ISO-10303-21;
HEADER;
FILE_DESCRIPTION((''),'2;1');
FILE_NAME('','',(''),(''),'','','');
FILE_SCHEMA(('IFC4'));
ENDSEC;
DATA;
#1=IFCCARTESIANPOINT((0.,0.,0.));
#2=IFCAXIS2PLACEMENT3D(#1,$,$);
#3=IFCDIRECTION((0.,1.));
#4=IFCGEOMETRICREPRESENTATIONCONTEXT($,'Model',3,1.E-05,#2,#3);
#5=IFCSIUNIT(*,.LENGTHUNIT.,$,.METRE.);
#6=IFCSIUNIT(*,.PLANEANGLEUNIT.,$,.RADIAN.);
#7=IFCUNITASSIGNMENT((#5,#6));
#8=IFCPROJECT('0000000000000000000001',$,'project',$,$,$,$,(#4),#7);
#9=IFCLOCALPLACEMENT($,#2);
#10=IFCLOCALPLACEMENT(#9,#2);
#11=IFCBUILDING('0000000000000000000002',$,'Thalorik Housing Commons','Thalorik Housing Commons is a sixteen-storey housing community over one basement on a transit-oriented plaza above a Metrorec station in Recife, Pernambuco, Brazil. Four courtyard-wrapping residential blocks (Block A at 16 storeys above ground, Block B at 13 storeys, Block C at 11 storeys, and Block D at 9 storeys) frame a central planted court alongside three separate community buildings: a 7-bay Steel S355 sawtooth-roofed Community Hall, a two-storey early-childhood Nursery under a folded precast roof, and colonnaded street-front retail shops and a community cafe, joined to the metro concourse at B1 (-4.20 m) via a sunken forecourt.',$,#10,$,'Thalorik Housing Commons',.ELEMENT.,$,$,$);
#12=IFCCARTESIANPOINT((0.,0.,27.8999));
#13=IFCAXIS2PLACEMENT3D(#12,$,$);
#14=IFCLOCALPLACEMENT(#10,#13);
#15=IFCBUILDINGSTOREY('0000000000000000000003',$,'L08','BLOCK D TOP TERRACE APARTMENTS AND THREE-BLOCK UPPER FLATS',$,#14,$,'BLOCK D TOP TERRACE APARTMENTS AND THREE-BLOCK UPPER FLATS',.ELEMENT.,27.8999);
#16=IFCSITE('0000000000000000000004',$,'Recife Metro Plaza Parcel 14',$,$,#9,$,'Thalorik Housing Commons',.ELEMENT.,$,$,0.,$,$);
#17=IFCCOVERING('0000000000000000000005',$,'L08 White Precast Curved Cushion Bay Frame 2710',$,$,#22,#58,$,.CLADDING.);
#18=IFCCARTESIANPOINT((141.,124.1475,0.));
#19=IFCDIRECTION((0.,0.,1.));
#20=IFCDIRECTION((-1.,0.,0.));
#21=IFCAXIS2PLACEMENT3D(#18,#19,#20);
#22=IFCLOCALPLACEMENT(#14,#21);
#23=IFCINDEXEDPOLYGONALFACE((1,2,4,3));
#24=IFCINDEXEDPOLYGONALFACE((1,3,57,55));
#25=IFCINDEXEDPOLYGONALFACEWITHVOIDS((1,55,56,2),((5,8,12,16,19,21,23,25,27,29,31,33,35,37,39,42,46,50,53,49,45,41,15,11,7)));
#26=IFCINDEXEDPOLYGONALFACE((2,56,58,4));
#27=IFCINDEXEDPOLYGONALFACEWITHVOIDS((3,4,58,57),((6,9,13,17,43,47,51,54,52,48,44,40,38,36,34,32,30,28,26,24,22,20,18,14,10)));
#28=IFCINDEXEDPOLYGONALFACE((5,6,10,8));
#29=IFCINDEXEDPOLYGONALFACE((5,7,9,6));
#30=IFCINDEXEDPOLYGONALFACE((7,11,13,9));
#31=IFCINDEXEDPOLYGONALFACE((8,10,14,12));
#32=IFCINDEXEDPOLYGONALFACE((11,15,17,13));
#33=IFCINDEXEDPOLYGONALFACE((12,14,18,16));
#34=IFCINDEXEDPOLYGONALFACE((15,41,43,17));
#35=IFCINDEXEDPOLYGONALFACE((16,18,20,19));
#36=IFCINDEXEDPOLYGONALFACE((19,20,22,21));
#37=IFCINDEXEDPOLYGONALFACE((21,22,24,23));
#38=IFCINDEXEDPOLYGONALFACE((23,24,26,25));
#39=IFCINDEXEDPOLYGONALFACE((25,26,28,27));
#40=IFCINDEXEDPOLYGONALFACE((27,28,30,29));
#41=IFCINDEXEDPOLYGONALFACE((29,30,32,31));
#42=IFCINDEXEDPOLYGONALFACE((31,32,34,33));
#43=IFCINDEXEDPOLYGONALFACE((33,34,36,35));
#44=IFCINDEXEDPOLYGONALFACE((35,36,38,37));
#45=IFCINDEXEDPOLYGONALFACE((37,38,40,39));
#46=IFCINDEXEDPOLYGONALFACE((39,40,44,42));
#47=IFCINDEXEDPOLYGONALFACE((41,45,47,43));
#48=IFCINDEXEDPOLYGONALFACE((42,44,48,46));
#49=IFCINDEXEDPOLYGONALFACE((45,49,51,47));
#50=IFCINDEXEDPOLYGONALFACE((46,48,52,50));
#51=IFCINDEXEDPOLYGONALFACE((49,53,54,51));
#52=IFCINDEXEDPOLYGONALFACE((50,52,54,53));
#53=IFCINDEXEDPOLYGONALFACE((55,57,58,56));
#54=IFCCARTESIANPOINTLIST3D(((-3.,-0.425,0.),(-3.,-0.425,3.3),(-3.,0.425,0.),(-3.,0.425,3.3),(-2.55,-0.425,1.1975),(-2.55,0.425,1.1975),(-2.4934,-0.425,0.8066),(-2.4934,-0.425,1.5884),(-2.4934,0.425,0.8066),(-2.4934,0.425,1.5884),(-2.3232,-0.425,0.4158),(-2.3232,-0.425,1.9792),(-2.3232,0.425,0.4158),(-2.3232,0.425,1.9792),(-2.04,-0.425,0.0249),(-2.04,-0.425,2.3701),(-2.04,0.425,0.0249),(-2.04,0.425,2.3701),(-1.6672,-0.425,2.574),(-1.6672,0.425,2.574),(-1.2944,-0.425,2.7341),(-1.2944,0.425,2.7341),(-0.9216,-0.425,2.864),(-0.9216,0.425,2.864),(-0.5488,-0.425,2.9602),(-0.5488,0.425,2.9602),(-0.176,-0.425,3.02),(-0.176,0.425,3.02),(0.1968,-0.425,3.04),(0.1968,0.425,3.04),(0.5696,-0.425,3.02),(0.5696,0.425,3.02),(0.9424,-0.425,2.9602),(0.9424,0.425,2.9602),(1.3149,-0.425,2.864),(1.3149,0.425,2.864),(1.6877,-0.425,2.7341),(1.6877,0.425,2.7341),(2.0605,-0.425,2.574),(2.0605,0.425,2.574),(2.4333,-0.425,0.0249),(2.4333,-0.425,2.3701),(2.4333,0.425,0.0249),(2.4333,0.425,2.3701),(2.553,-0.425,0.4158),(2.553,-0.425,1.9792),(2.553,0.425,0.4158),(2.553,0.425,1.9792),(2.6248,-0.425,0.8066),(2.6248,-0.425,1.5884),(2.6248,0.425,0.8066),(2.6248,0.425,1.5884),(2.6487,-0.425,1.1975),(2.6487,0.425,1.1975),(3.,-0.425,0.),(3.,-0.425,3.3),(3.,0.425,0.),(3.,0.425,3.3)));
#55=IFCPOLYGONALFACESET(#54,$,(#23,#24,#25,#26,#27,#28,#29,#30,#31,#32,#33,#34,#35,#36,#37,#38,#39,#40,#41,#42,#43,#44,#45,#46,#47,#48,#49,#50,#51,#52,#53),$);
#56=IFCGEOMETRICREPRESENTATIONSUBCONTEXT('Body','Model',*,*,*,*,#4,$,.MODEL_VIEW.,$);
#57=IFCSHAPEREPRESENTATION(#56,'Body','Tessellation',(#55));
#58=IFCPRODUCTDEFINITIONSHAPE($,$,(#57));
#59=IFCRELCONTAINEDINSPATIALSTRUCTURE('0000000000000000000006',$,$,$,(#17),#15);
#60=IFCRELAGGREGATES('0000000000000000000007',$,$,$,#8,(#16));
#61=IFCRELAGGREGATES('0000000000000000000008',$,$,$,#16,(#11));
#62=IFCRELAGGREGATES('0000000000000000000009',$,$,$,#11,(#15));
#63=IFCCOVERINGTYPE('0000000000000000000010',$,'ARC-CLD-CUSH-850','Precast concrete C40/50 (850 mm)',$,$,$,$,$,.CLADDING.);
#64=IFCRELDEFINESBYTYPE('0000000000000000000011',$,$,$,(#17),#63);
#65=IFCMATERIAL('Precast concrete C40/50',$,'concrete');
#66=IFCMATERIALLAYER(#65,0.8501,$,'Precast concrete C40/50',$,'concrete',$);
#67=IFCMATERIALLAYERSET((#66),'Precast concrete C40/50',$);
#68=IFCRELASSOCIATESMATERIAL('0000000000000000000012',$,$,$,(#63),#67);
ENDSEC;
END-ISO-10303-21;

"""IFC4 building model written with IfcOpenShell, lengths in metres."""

from ifc_helpers import new_model, si_unit, direction, frame, origin, place, context, subcontext, project, spatial, polyline, outline, extrude, material, layer, layer_set, type_object, element, save


model = new_model("IFC4")

# Units and contexts
model_context = context("Model", 3, precision=1e-05, world=origin(), true_north=direction((0.0, 1.0)))
body_context = subcontext(model_context, "Body", "Model", "MODEL_VIEW")
ifc_project = project(units=[si_unit("LENGTHUNIT", "METRE"), si_unit("PLANEANGLEUNIT", "RADIAN")], contexts=[model_context])

# Site, building, storey
site_placement = place(None, origin())
site = spatial("IfcSite", under=ifc_project, at=site_placement, Name="Recife Metro Plaza Parcel 14", LongName="Thalorik Housing Commons", CompositionType="ELEMENT", RefElevation=0.0)
building_placement = place(site_placement, origin())
building = spatial("IfcBuilding", under=site, at=building_placement, Name="Thalorik Housing Commons", Description="Thalorik Housing Commons is a sixteen-storey housing community over one basement on a transit-oriented plaza above a Metrorec station in Recife, Pernambuco, Brazil. Four courtyard-wrapping residential blocks (Block A at 16 storeys above ground, Block B at 13 storeys, Block C at 11 storeys, and Block D at 9 storeys) frame a central planted court alongside three separate community buildings: a 7-bay Steel S355 sawtooth-roofed Community Hall, a two-storey early-childhood Nursery under a folded precast roof, and colonnaded street-front retail shops and a community cafe, joined to the metro concourse at B1 (-4.20 m) via a sunken forecourt.", LongName="Thalorik Housing Commons", CompositionType="ELEMENT")
storey_placement = place(building_placement, frame((0.0, 0.0, 27.8999)))
storey = spatial("IfcBuildingStorey", under=building, at=storey_placement, Name="L08", Description="BLOCK D TOP TERRACE APARTMENTS AND THREE-BLOCK UPPER FLATS", LongName="BLOCK D TOP TERRACE APARTMENTS AND THREE-BLOCK UPPER FLATS", CompositionType="ELEMENT", Elevation=27.8999)

# Shared definitions
ifc_material_1 = material(Name="Precast concrete C40/50", Category="concrete")

# Covering
ifc_layer_1 = layer(ifc_material_1, 0.8501, Name="Precast concrete C40/50", Category="concrete")
ifc_layer_set_1 = layer_set([ifc_layer_1], Name="Precast concrete C40/50")
covering_type_1 = type_object("IfcCoveringType", Name="ARC-CLD-CUSH-850", Description="Precast concrete C40/50 (850 mm)", PredefinedType="CLADDING", material=ifc_layer_set_1)
covering_1_placement = place(storey_placement, frame((141.0, 124.1475, 0.0), z_axis=(0.0, 0.0, 1.0), x_axis=(-1.0, 0.0, 0.0)))
element("IfcCovering", 1, at=covering_1_placement, inside=storey, type_object=covering_type_1, Name="L08 White Precast Curved Cushion Bay Frame 2710", PredefinedType="CLADDING", context=body_context, shape_type="SweptSolid", body=[
    extrude(outline(polyline([(-3.0, 0.0), (3.0, 0.0), (3.0, 3.3), (-3.0, 3.3), (-3.0, 0.0)]), holes=[polyline([(2.4333, 0.0249), (2.553, 0.4158), (2.6248, 0.8066), (2.6487, 1.1975), (2.6248, 1.5884), (2.553, 1.9792), (2.4333, 2.3701), (2.0605, 2.574), (1.6877, 2.7341), (1.3149, 2.864), (0.9424, 2.9602), (0.5696, 3.02), (0.1968, 3.04), (-0.176, 3.02), (-0.5488, 2.9602), (-0.9216, 2.864), (-1.2944, 2.7341), (-1.6672, 2.574), (-2.04, 2.3701), (-2.3232, 1.9792), (-2.4934, 1.5884), (-2.55, 1.1975), (-2.4934, 0.8066), (-2.3232, 0.4158), (-2.04, 0.0249), (2.4333, 0.0249)])]), frame((0.0, 0.425, 0.0), z_axis=(0.0, -1.0, 0.0), x_axis=(1.0, 0.0, 0.0)), (0.0, 0.0, 1.0), 0.8501),
])

save(model, "model.ifc")
